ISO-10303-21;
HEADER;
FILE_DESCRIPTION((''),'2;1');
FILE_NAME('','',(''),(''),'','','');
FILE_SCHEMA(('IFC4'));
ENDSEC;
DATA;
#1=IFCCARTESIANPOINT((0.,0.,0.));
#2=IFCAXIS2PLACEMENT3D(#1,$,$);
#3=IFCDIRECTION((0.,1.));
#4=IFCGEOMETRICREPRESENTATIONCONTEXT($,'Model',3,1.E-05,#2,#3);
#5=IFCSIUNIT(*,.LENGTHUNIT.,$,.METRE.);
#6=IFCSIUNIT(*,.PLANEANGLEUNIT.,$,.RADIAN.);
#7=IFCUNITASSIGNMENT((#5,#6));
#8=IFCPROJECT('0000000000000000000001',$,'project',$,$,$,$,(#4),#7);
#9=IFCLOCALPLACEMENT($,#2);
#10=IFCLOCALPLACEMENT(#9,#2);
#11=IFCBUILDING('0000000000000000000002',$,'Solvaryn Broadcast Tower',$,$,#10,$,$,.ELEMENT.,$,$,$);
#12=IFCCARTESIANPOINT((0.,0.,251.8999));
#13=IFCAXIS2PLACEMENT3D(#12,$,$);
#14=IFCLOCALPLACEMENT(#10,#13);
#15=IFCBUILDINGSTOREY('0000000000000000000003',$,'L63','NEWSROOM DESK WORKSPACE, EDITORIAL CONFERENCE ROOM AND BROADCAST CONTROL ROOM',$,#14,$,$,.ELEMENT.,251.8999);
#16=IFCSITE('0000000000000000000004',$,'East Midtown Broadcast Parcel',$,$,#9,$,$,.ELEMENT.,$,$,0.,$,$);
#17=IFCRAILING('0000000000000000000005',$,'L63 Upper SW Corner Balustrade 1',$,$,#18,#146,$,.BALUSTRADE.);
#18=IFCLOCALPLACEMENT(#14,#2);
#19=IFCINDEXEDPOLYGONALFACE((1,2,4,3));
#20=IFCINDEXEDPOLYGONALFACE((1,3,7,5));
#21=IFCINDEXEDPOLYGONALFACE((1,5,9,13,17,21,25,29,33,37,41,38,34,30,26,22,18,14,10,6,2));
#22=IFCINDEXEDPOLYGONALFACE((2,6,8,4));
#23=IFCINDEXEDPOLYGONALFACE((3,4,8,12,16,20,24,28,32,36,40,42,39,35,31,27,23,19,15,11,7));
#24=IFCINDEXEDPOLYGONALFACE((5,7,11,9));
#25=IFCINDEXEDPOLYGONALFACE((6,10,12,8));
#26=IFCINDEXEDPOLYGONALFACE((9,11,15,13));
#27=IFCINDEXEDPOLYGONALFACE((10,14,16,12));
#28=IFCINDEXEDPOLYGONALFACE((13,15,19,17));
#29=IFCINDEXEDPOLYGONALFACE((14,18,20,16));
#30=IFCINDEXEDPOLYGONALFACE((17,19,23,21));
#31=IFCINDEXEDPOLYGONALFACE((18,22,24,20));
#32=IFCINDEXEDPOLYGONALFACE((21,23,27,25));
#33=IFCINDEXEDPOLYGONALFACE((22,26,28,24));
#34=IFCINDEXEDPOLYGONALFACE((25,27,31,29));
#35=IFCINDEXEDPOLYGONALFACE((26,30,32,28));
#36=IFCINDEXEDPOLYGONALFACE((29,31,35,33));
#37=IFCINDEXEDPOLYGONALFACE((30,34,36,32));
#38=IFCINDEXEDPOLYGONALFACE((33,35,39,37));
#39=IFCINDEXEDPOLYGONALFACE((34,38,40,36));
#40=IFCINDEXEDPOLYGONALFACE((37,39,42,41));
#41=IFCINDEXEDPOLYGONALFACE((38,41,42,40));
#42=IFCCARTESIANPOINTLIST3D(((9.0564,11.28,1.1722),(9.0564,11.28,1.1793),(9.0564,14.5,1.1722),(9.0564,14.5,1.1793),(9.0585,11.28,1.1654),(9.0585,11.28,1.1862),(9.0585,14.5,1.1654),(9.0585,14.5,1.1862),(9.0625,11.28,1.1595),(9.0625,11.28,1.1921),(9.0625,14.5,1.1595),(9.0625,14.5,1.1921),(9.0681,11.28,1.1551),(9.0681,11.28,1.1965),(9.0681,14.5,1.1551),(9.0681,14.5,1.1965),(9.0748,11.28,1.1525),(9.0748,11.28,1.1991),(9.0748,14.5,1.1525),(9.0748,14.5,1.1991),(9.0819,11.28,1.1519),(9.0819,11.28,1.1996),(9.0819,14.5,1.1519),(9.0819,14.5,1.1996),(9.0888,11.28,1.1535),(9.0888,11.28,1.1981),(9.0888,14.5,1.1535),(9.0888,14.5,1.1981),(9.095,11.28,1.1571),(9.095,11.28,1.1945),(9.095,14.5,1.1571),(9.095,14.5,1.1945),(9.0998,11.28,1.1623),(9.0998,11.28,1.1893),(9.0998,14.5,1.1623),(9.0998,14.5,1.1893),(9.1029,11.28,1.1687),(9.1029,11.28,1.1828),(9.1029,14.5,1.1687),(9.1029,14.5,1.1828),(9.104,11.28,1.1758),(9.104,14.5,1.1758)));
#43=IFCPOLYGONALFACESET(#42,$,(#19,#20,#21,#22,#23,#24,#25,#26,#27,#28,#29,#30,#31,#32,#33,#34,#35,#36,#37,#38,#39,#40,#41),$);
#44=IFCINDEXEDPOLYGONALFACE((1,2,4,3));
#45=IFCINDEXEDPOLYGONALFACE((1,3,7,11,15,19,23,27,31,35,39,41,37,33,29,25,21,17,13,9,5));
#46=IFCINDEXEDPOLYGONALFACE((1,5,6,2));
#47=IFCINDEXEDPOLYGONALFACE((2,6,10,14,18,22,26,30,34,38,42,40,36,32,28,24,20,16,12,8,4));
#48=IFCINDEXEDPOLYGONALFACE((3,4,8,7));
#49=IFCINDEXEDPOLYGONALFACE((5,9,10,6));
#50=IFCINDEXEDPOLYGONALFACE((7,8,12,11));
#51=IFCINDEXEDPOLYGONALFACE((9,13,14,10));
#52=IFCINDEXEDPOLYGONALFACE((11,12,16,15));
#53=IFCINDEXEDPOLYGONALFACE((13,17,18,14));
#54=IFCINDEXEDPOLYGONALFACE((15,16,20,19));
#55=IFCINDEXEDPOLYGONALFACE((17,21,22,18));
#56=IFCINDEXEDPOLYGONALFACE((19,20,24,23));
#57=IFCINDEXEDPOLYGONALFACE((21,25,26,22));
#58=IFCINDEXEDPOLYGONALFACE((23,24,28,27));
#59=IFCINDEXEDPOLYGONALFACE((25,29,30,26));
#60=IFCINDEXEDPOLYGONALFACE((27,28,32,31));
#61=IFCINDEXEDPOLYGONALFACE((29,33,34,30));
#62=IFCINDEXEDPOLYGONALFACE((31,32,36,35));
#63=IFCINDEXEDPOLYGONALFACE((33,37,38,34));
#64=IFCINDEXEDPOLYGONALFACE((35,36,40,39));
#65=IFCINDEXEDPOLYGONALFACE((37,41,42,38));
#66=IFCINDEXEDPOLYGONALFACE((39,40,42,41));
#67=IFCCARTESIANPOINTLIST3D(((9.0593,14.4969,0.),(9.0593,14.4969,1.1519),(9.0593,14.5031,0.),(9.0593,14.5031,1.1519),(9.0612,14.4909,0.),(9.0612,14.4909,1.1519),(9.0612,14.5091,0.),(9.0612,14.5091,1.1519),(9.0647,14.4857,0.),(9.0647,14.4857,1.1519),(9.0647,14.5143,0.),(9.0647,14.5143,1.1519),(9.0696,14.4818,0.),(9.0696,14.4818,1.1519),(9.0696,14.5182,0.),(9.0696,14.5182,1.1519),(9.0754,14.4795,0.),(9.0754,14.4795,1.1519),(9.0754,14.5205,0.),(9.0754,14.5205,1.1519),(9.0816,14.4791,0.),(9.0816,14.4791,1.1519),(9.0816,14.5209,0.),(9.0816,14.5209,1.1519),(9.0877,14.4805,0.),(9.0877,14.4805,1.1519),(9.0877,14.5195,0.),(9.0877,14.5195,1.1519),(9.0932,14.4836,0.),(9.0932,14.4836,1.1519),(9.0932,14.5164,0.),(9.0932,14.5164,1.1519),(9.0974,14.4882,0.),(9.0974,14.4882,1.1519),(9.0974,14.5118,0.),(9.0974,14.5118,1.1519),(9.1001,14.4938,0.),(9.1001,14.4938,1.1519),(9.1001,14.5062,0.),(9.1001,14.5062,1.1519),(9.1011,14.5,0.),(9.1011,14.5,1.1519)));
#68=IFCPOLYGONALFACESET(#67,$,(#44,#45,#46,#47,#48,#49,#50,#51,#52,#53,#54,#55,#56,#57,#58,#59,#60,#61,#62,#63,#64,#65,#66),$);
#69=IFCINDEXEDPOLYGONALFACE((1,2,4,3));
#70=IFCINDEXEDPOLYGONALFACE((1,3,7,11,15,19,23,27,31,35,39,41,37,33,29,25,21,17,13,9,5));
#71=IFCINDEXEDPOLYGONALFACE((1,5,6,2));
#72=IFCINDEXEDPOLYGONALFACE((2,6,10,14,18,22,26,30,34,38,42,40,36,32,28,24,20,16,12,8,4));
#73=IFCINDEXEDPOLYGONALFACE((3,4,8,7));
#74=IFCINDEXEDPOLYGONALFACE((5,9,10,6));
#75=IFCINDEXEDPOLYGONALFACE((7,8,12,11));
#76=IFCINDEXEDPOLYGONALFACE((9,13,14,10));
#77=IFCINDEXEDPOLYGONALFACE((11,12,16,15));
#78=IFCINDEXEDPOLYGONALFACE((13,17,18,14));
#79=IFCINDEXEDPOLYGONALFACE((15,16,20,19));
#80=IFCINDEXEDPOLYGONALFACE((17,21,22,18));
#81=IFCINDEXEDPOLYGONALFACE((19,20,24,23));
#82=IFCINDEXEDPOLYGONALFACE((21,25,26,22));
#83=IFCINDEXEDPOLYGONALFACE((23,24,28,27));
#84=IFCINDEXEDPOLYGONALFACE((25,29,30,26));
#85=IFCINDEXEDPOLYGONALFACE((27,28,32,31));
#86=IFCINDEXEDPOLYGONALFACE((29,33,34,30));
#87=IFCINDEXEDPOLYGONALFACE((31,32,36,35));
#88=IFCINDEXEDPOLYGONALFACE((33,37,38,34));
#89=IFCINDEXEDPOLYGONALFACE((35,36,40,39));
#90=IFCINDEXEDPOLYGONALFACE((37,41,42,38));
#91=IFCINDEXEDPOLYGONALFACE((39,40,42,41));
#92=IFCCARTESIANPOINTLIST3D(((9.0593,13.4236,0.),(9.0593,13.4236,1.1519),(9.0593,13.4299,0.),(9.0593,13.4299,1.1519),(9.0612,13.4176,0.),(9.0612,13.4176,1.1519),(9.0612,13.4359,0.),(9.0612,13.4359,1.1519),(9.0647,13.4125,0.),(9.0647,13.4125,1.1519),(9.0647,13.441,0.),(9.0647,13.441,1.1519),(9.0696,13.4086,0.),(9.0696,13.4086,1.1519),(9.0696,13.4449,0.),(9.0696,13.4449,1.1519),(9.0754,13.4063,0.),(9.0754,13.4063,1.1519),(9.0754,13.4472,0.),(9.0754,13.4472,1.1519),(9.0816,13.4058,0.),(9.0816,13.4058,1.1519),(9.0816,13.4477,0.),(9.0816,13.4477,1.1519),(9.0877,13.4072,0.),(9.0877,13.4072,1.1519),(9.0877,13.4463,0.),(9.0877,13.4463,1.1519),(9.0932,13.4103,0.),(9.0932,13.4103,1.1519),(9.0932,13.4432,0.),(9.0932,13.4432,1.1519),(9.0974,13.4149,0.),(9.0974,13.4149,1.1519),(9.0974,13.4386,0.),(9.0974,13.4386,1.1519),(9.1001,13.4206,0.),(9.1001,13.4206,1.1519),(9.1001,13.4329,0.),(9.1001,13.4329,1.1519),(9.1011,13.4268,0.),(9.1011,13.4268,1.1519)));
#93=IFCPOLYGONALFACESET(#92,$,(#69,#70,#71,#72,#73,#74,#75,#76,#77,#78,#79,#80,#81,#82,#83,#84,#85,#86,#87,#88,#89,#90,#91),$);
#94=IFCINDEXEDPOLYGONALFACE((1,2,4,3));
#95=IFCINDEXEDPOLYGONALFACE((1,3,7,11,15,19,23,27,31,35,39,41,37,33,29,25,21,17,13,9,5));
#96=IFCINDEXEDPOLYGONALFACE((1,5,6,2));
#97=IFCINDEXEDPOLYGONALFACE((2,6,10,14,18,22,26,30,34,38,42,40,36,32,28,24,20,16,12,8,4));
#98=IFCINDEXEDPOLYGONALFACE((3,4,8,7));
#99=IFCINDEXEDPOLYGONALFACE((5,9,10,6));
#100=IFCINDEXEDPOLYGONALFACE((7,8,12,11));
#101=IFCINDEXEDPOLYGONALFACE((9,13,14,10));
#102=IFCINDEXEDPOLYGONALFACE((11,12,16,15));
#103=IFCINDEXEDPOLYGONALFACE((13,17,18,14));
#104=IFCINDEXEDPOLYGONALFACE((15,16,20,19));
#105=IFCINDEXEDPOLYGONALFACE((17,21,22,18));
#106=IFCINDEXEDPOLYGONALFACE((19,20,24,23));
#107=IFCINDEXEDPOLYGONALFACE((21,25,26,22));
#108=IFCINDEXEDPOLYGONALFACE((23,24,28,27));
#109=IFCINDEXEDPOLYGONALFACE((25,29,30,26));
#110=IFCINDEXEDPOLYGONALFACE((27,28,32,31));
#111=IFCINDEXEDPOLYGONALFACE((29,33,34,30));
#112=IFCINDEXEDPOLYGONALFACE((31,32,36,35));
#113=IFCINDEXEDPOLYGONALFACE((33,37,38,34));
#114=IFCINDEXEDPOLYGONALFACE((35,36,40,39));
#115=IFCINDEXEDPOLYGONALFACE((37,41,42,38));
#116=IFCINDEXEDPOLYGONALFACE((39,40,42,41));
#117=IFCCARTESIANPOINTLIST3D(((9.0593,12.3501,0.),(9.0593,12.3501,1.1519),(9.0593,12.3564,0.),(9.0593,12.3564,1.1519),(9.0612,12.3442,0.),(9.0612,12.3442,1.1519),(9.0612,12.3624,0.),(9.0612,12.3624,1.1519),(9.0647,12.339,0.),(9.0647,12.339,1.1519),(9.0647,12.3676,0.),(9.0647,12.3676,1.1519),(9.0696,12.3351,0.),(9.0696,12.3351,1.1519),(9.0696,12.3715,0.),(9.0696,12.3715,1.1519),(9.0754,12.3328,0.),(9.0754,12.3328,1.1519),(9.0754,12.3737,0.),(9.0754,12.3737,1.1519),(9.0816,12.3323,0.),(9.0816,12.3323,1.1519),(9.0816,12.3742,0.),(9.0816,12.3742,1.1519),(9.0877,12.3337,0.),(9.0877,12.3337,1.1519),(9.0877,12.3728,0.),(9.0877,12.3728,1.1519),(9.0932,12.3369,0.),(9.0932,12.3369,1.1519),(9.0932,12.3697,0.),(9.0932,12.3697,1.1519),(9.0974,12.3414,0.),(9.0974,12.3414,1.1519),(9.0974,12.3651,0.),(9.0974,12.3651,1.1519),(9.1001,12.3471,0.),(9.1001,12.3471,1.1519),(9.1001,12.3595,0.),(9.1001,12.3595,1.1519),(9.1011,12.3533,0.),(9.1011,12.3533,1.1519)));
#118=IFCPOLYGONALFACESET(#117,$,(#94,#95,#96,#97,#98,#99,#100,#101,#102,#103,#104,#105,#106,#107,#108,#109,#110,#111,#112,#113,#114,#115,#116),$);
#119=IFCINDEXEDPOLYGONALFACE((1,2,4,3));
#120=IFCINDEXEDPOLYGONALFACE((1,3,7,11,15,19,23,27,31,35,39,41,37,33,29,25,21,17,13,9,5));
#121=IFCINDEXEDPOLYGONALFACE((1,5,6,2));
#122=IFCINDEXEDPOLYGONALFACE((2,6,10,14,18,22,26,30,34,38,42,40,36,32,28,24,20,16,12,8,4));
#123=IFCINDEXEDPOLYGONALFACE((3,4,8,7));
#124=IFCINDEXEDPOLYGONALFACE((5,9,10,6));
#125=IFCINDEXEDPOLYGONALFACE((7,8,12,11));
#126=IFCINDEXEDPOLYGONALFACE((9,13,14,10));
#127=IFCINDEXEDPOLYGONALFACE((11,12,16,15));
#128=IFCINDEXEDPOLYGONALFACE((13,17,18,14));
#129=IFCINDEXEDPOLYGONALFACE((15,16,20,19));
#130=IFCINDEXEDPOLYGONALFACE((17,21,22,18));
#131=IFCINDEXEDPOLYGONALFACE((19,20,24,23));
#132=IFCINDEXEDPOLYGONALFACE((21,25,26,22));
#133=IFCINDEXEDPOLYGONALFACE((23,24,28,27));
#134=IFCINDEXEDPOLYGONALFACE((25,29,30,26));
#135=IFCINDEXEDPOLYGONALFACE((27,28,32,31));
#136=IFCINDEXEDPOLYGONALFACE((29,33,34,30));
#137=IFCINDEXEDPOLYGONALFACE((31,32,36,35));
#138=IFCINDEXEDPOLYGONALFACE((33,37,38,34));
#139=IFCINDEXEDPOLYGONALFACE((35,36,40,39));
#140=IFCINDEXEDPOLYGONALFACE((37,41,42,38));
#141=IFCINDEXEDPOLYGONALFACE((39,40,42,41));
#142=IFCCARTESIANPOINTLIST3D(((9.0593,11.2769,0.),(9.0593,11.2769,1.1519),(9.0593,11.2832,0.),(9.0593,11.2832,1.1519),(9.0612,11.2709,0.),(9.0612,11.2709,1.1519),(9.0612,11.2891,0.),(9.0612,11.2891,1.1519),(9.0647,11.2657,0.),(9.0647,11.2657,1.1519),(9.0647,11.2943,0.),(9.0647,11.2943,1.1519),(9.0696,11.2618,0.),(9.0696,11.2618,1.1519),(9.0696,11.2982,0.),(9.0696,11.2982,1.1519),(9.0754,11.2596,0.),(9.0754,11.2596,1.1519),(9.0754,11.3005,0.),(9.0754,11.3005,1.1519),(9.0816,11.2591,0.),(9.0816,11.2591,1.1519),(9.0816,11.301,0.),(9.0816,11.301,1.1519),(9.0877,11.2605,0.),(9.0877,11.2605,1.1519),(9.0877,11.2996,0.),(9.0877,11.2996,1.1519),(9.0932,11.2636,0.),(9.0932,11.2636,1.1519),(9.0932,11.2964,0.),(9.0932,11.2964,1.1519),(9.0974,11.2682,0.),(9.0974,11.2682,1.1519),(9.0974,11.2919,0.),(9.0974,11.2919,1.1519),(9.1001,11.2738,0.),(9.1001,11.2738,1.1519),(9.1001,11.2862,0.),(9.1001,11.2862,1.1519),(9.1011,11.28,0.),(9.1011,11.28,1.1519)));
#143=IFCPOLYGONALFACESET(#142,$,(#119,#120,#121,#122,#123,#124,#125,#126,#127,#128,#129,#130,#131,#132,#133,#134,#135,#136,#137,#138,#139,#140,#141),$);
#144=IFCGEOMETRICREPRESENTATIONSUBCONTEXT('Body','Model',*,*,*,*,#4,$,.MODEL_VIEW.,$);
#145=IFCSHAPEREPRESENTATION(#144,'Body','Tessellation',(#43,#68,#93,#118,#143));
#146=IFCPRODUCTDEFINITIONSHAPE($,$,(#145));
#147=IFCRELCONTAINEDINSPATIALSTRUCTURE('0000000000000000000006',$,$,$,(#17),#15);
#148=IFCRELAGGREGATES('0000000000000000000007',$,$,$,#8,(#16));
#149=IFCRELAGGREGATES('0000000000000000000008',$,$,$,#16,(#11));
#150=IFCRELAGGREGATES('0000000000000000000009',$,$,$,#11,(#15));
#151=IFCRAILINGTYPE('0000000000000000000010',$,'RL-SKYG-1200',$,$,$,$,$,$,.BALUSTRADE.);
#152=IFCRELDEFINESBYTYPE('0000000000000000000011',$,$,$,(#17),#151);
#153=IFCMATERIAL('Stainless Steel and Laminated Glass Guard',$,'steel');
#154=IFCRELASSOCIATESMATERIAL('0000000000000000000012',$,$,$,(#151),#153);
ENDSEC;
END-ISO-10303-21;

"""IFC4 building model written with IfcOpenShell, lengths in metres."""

from ifc_helpers import new_model, si_unit, direction, frame, origin, origin_2d, place, context, subcontext, project, spatial, circle, extrude, material, type_object, element, save


model = new_model("IFC4")

# Units and contexts
model_context = context("Model", 3, precision=1e-05, world=origin(), true_north=direction((0.0, 1.0)))
body_context = subcontext(model_context, "Body", "Model", "MODEL_VIEW")
ifc_project = project(units=[si_unit("LENGTHUNIT", "METRE"), si_unit("PLANEANGLEUNIT", "RADIAN")], contexts=[model_context])

# Site, building, storey
site_placement = place(None, origin())
site = spatial("IfcSite", under=ifc_project, at=site_placement, Name="East Midtown Broadcast Parcel", CompositionType="ELEMENT", RefElevation=0.0)
building_placement = place(site_placement, origin())
building = spatial("IfcBuilding", under=site, at=building_placement, Name="Solvaryn Broadcast Tower", CompositionType="ELEMENT")
storey_placement = place(building_placement, frame((0.0, 0.0, 251.8999)))
storey = spatial("IfcBuildingStorey", under=building, at=storey_placement, Name="L63", Description="NEWSROOM DESK WORKSPACE, EDITORIAL CONFERENCE ROOM AND BROADCAST CONTROL ROOM", CompositionType="ELEMENT", Elevation=251.8999)

# Railing
ifc_material_1 = material(Name="Stainless Steel and Laminated Glass Guard", Category="steel")
railing_type = type_object("IfcRailingType", Name="RL-SKYG-1200", PredefinedType="BALUSTRADE", material=ifc_material_1)
railing_1_placement = place(storey_placement, frame((9.0801, 14.5, 0.0)))
element("IfcRailing", 1, at=railing_1_placement, inside=storey, type_object=railing_type, Name="L63 Upper SW Corner Balustrade 1", PredefinedType="BALUSTRADE", context=body_context, shape_type="SweptSolid", body=[
    extrude(circle(Radius=0.0239, at=origin_2d()), frame((0.0, 0.0, 1.1758), z_axis=(0.0, -1.0, 0.0), x_axis=(1.0, 0.0, 0.0)), (0.0, 0.0, 1.0), 3.22),
    extrude(circle(Radius=0.021, at=origin_2d()), origin(), (0.0, 0.0, 1.0), 1.1519),
    extrude(circle(Radius=0.021, at=origin_2d()), frame((0.0, -1.0732, 0.0)), (0.0, 0.0, 1.0), 1.1519),
    extrude(circle(Radius=0.021, at=origin_2d()), frame((0.0, -2.1467, 0.0)), (0.0, 0.0, 1.0), 1.1519),
    extrude(circle(Radius=0.021, at=origin_2d()), frame((0.0, -3.22, 0.0)), (0.0, 0.0, 1.0), 1.1519),
])

save(model, "model.ifc")
